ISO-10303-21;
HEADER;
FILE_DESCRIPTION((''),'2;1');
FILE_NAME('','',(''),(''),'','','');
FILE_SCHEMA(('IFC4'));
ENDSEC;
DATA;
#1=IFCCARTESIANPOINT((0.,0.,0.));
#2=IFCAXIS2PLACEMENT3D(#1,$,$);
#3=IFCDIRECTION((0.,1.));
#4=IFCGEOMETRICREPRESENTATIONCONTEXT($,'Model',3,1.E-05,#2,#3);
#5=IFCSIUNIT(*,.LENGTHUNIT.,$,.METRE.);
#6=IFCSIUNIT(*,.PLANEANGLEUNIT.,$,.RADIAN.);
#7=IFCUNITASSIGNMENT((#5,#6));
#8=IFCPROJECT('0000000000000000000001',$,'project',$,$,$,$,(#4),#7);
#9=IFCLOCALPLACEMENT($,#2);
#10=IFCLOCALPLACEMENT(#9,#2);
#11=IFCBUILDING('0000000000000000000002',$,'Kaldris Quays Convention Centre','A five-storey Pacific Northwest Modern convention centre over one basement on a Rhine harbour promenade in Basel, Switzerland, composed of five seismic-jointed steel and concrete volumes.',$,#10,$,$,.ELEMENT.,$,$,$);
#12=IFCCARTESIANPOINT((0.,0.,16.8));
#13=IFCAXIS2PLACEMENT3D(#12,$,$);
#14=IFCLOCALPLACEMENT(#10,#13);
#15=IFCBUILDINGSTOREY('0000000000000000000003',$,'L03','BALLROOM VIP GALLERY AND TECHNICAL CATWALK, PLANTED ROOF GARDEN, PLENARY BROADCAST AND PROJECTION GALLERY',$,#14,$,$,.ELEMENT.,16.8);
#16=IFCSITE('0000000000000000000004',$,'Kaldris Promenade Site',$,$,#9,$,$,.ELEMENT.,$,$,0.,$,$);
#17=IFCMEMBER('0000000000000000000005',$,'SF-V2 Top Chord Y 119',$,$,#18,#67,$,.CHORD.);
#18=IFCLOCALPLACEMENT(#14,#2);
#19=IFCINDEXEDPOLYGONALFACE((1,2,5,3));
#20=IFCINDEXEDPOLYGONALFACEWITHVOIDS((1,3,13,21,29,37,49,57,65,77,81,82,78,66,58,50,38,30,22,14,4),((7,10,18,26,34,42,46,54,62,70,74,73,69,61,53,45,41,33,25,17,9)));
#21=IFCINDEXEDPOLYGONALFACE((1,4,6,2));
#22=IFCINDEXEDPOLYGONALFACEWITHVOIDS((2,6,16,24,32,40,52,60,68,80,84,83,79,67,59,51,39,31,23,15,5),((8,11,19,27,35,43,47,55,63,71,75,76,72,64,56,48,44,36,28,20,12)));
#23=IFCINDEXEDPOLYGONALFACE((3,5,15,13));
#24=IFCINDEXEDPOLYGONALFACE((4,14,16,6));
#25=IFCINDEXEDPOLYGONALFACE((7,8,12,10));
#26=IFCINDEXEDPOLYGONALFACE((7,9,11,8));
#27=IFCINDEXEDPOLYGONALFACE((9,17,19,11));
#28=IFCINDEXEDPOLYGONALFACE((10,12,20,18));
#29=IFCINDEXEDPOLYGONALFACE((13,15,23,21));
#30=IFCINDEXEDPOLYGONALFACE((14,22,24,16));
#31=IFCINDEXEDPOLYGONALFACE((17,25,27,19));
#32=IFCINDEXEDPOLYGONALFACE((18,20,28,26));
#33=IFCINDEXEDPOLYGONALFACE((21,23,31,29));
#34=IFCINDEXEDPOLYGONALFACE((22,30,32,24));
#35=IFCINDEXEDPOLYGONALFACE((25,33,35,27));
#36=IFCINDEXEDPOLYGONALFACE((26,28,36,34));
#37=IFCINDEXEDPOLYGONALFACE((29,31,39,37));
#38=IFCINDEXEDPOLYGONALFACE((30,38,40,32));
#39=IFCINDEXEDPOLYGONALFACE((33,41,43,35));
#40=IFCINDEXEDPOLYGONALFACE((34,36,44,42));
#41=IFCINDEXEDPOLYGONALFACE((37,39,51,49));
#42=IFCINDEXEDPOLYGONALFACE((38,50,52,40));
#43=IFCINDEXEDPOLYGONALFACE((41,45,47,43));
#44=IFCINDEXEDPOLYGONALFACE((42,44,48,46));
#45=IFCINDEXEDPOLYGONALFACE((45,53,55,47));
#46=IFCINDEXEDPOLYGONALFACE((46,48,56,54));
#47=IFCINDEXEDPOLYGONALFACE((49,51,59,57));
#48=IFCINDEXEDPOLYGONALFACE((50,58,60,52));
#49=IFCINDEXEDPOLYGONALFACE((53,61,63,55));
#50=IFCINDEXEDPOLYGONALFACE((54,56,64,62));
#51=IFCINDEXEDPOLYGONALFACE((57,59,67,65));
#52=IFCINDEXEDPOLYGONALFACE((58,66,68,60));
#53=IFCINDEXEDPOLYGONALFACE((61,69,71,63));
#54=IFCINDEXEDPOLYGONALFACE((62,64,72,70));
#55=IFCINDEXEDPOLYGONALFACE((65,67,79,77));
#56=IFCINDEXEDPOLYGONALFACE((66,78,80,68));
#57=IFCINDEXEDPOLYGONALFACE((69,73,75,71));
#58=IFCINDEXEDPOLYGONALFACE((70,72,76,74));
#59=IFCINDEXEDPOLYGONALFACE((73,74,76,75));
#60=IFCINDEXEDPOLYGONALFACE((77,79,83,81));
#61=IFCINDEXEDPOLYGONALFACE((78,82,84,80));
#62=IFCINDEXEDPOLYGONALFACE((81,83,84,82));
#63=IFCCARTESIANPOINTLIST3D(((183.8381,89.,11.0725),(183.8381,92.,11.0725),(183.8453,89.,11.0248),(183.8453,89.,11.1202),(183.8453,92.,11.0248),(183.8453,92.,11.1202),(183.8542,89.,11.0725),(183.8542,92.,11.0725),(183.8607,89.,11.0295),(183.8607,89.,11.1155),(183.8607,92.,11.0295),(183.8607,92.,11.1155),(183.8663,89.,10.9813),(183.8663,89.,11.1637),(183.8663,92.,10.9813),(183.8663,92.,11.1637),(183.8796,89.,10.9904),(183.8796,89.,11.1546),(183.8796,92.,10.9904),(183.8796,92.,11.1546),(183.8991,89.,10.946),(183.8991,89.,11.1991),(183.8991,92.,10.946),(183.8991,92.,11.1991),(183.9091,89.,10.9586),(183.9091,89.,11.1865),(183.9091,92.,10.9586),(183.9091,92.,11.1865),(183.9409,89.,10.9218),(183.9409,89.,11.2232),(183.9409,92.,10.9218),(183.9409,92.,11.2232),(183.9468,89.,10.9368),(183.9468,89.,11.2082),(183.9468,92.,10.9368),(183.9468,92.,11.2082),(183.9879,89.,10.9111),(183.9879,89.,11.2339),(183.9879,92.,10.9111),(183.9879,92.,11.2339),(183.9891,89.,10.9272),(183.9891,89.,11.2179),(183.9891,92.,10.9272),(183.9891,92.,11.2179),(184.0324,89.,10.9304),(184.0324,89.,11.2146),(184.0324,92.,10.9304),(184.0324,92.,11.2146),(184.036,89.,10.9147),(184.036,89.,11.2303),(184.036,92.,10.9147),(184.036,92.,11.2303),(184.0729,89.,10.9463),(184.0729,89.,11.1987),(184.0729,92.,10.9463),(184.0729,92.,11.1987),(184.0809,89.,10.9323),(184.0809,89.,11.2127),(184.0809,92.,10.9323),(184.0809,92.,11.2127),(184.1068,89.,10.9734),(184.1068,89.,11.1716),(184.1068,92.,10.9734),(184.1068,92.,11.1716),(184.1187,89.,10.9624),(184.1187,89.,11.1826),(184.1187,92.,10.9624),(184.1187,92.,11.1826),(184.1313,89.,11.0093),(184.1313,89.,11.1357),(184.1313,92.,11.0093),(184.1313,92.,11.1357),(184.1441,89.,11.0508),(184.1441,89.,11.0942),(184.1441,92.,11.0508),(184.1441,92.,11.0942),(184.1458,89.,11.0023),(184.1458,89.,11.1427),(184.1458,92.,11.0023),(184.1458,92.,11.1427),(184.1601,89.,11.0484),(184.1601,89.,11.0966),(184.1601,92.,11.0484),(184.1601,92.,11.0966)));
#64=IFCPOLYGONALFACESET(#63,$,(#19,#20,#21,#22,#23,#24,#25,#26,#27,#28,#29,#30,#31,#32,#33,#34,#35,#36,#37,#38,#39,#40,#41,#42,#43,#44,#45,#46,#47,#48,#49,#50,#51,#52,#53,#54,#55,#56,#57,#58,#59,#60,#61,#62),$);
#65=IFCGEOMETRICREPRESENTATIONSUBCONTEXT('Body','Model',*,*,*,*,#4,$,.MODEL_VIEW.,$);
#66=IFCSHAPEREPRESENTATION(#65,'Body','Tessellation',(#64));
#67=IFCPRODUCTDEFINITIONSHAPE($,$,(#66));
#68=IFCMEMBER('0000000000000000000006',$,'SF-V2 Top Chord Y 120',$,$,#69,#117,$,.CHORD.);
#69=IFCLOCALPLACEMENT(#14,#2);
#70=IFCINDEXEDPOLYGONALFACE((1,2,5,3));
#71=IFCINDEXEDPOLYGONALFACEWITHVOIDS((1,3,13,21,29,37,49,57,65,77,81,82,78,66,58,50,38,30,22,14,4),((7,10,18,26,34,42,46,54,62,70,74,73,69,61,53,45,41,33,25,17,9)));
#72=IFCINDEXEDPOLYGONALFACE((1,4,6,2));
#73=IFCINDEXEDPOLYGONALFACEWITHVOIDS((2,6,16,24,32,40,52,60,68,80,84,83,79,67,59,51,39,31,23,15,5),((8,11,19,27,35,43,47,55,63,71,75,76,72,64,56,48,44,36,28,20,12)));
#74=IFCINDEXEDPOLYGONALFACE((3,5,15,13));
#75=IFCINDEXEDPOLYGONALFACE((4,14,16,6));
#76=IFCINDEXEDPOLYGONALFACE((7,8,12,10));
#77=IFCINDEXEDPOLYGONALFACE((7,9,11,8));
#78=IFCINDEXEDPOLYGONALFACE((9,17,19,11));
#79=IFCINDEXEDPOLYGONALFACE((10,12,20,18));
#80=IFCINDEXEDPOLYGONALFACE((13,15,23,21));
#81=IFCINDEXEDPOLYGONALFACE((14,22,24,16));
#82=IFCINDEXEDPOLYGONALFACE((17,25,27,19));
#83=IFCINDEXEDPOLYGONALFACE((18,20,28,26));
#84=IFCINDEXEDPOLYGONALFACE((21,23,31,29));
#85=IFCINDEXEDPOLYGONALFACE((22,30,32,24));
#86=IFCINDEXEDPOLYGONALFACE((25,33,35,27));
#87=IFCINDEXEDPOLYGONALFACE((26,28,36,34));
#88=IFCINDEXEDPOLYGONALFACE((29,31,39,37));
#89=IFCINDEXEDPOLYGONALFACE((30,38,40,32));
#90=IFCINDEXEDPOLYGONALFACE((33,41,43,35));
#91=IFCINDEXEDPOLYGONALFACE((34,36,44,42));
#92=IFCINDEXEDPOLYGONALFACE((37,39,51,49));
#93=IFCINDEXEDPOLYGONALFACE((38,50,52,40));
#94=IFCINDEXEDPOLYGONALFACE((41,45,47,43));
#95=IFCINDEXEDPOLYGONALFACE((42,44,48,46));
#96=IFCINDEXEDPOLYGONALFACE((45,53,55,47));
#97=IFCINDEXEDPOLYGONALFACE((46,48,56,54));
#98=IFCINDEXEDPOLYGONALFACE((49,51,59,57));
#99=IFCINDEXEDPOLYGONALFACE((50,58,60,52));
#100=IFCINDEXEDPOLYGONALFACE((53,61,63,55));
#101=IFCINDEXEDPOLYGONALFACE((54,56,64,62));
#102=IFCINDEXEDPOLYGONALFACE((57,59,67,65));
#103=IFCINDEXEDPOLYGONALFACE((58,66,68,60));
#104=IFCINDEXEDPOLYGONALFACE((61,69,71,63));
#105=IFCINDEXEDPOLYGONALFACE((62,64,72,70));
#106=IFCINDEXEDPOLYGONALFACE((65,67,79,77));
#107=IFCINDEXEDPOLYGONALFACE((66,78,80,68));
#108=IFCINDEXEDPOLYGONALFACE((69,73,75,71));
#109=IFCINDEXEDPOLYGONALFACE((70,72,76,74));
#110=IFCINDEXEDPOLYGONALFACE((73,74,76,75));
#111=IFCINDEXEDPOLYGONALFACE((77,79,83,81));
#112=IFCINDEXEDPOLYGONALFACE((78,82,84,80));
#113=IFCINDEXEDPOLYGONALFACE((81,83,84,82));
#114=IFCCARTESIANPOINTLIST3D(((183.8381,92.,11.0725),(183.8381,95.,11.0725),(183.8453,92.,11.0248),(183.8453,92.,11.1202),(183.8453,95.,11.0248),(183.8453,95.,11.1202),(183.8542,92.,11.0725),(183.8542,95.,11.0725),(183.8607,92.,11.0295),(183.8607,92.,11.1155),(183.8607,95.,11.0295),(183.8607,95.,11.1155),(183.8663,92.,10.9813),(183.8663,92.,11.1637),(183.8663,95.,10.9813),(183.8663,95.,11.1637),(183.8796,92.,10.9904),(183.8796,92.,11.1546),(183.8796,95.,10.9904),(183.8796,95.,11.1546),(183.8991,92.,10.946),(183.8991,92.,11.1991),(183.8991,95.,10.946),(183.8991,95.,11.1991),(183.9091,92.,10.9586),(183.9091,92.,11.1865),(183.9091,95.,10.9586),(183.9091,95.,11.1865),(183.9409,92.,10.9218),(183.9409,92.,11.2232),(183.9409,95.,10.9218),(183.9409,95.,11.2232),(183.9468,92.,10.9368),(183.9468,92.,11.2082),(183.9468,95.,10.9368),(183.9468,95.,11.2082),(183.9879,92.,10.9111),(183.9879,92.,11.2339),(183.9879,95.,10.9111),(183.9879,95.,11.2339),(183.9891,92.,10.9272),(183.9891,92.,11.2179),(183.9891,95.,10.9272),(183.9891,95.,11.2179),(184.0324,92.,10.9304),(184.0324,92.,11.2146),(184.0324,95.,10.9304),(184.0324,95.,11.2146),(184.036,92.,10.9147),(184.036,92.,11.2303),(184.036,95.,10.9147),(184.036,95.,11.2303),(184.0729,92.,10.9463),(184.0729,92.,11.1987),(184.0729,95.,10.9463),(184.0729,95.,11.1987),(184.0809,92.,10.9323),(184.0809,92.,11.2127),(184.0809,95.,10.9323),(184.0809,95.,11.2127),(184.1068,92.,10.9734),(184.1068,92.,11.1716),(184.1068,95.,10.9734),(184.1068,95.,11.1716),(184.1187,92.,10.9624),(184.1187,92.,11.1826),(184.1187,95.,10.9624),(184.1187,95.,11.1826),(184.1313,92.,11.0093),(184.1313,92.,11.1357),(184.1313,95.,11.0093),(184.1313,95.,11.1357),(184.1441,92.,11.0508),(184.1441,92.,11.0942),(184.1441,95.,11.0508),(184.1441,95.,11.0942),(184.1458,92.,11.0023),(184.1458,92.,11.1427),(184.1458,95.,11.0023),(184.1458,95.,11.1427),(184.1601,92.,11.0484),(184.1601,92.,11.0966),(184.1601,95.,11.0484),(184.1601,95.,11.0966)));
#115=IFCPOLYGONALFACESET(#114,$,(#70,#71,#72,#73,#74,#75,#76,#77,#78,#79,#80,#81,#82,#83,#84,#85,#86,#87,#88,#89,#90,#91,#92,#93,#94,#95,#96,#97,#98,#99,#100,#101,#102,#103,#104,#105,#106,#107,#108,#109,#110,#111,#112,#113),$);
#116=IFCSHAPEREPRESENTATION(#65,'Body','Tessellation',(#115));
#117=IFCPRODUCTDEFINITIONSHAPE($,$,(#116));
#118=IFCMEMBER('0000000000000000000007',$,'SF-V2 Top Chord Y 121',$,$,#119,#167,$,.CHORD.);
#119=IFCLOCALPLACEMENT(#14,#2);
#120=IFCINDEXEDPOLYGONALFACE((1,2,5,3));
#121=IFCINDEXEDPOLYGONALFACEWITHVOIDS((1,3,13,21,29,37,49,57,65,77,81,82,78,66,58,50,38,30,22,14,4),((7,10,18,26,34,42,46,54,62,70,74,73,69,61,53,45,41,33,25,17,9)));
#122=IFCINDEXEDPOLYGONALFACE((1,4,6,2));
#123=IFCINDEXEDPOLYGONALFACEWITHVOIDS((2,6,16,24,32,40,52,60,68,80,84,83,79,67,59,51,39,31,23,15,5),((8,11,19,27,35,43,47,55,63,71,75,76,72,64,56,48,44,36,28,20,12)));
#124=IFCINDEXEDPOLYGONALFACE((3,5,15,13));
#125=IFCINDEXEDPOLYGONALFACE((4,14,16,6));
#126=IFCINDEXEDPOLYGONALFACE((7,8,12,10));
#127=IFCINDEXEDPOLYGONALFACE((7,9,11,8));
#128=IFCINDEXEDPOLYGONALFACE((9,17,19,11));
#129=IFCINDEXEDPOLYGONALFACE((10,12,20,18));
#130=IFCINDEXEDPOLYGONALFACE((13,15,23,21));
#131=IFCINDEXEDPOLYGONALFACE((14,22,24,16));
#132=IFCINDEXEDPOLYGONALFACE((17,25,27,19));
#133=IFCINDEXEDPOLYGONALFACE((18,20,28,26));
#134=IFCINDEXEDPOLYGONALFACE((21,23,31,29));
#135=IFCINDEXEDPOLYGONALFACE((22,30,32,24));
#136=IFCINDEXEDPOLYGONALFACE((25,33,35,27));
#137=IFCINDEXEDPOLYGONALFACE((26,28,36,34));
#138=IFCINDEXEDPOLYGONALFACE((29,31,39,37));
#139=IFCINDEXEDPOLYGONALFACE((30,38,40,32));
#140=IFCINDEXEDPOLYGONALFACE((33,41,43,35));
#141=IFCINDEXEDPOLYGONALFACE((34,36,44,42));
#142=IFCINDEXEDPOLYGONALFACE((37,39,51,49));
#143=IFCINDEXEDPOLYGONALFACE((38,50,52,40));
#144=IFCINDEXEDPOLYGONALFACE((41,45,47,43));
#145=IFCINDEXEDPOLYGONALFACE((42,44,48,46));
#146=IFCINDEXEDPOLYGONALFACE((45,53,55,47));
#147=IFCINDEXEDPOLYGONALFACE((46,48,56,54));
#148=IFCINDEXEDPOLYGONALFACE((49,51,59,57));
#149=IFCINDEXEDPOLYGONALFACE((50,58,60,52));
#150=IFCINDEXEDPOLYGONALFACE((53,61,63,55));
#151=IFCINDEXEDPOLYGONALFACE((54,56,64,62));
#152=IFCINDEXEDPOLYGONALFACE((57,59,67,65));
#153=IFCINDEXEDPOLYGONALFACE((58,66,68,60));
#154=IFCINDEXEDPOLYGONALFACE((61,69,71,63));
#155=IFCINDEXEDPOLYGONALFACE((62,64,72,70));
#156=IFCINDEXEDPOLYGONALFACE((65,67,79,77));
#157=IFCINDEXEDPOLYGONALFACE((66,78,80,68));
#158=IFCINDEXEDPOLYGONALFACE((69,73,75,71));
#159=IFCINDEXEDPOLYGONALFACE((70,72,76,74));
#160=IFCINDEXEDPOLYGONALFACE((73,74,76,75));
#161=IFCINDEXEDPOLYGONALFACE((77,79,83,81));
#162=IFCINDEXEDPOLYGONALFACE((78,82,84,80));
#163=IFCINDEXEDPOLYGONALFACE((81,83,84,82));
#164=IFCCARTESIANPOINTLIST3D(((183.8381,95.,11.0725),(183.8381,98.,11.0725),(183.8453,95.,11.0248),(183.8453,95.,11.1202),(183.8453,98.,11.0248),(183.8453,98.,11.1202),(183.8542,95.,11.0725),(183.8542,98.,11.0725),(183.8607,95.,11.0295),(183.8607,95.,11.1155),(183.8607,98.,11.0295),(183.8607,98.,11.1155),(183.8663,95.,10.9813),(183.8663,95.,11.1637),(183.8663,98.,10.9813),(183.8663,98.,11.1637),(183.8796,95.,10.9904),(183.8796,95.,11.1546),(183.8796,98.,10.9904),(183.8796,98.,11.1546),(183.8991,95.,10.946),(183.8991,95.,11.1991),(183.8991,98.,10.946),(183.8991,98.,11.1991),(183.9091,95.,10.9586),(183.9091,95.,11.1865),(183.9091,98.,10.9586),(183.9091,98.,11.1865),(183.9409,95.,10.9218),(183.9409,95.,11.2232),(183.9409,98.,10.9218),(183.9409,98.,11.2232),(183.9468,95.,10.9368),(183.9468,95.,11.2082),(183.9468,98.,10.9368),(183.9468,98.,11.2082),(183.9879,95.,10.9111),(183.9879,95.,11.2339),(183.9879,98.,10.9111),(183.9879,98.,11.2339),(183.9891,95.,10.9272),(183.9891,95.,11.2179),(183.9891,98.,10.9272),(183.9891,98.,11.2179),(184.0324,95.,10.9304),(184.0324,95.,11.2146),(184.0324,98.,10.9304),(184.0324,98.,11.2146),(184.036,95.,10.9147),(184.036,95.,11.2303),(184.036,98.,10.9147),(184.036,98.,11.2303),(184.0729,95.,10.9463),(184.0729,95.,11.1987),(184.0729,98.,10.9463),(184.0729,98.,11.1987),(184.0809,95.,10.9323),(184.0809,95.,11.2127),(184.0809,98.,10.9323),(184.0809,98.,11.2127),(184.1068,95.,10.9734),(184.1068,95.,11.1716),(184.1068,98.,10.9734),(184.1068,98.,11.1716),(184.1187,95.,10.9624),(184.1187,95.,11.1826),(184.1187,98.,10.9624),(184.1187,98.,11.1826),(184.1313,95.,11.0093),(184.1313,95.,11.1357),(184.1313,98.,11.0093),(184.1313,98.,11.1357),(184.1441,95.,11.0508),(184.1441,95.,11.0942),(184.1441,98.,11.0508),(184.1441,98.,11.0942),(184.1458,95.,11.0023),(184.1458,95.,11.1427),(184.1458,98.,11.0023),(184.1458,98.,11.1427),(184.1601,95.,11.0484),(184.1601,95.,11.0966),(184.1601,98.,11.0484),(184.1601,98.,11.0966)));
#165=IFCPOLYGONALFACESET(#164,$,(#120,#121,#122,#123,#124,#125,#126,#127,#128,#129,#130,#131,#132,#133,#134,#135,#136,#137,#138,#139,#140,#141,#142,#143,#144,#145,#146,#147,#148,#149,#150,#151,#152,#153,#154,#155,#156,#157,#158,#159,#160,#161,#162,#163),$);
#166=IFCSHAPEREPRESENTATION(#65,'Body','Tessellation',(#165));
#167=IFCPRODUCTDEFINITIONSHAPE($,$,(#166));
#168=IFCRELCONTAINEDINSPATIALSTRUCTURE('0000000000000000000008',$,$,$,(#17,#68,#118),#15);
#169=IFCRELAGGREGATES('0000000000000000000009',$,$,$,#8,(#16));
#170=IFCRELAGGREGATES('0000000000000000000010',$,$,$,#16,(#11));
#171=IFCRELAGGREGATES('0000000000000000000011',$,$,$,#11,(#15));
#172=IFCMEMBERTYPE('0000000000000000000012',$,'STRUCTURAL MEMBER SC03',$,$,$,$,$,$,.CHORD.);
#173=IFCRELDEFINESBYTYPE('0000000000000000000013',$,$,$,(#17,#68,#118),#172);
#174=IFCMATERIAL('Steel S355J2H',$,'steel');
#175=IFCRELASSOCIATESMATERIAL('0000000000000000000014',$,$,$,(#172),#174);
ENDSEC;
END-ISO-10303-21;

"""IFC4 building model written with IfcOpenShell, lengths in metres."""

from ifc_helpers import new_model, si_unit, direction, frame, origin, origin_2d, place, context, subcontext, project, spatial, hollow_circle, extrude, material, material_profile, profile_set, type_object, element, save


model = new_model("IFC4")

# Units and contexts
model_context = context("Model", 3, precision=1e-05, world=origin(), true_north=direction((0.0, 1.0)))
body_context = subcontext(model_context, "Body", "Model", "MODEL_VIEW")
ifc_project = project(units=[si_unit("LENGTHUNIT", "METRE"), si_unit("PLANEANGLEUNIT", "RADIAN")], contexts=[model_context])

# Site, building, storey
site_placement = place(None, origin())
site = spatial("IfcSite", under=ifc_project, at=site_placement, Name="Kaldris Promenade Site", CompositionType="ELEMENT", RefElevation=0.0)
building_placement = place(site_placement, origin())
building = spatial("IfcBuilding", under=site, at=building_placement, Name="Kaldris Quays Convention Centre", Description="A five-storey Pacific Northwest Modern convention centre over one basement on a Rhine harbour promenade in Basel, Switzerland, composed of five seismic-jointed steel and concrete volumes.", CompositionType="ELEMENT")
storey_placement = place(building_placement, frame((0.0, 0.0, 16.8)))
storey = spatial("IfcBuildingStorey", under=building, at=storey_placement, Name="L03", Description="BALLROOM VIP GALLERY AND TECHNICAL CATWALK, PLANTED ROOF GARDEN, PLENARY BROADCAST AND PROJECTION GALLERY", CompositionType="ELEMENT", Elevation=16.8)

# Members
ifc_material_1 = material(Name="Steel S355J2H", Category="steel")
ifc_material_profile_1 = material_profile(ifc_material_1, hollow_circle(Radius=0.1619, WallThickness=0.0161, at=origin_2d()), Name="CHS 323.9x16")
ifc_profile_set_1 = profile_set([ifc_material_profile_1], Name="Steel S355J2H")
member_type_1 = type_object("IfcMemberType", Name="STRUCTURAL MEMBER SC03", PredefinedType="CHORD", material=ifc_profile_set_1)
for number, where, z_axis, x_axis, name in (
    (1, (184.0, 89.0, 11.0725), (0.0, 1.0, 0.0), (-1.0, 0.0, 0.0), "SF-V2 Top Chord Y 119"),
    (2, (184.0, 92.0, 11.0725), (0.0, 1.0, 0.0), (-1.0, 0.0, 0.0), "SF-V2 Top Chord Y 120"),
    (3, (184.0, 95.0, 11.0725), (0.0, 1.0, 0.0), (-1.0, 0.0, 0.0), "SF-V2 Top Chord Y 121"),
):
    element("IfcMember", number, at=place(storey_placement, frame(where, z_axis=z_axis, x_axis=x_axis)), inside=storey, type_object=member_type_1, Name=name, PredefinedType="CHORD", context=body_context, shape_type="SweptSolid", body=[
        extrude(hollow_circle(Radius=0.1619, WallThickness=0.0161, at=origin_2d()), origin(), (0.0, 0.0, 1.0), 3.0),
    ])

save(model, "model.ifc")
